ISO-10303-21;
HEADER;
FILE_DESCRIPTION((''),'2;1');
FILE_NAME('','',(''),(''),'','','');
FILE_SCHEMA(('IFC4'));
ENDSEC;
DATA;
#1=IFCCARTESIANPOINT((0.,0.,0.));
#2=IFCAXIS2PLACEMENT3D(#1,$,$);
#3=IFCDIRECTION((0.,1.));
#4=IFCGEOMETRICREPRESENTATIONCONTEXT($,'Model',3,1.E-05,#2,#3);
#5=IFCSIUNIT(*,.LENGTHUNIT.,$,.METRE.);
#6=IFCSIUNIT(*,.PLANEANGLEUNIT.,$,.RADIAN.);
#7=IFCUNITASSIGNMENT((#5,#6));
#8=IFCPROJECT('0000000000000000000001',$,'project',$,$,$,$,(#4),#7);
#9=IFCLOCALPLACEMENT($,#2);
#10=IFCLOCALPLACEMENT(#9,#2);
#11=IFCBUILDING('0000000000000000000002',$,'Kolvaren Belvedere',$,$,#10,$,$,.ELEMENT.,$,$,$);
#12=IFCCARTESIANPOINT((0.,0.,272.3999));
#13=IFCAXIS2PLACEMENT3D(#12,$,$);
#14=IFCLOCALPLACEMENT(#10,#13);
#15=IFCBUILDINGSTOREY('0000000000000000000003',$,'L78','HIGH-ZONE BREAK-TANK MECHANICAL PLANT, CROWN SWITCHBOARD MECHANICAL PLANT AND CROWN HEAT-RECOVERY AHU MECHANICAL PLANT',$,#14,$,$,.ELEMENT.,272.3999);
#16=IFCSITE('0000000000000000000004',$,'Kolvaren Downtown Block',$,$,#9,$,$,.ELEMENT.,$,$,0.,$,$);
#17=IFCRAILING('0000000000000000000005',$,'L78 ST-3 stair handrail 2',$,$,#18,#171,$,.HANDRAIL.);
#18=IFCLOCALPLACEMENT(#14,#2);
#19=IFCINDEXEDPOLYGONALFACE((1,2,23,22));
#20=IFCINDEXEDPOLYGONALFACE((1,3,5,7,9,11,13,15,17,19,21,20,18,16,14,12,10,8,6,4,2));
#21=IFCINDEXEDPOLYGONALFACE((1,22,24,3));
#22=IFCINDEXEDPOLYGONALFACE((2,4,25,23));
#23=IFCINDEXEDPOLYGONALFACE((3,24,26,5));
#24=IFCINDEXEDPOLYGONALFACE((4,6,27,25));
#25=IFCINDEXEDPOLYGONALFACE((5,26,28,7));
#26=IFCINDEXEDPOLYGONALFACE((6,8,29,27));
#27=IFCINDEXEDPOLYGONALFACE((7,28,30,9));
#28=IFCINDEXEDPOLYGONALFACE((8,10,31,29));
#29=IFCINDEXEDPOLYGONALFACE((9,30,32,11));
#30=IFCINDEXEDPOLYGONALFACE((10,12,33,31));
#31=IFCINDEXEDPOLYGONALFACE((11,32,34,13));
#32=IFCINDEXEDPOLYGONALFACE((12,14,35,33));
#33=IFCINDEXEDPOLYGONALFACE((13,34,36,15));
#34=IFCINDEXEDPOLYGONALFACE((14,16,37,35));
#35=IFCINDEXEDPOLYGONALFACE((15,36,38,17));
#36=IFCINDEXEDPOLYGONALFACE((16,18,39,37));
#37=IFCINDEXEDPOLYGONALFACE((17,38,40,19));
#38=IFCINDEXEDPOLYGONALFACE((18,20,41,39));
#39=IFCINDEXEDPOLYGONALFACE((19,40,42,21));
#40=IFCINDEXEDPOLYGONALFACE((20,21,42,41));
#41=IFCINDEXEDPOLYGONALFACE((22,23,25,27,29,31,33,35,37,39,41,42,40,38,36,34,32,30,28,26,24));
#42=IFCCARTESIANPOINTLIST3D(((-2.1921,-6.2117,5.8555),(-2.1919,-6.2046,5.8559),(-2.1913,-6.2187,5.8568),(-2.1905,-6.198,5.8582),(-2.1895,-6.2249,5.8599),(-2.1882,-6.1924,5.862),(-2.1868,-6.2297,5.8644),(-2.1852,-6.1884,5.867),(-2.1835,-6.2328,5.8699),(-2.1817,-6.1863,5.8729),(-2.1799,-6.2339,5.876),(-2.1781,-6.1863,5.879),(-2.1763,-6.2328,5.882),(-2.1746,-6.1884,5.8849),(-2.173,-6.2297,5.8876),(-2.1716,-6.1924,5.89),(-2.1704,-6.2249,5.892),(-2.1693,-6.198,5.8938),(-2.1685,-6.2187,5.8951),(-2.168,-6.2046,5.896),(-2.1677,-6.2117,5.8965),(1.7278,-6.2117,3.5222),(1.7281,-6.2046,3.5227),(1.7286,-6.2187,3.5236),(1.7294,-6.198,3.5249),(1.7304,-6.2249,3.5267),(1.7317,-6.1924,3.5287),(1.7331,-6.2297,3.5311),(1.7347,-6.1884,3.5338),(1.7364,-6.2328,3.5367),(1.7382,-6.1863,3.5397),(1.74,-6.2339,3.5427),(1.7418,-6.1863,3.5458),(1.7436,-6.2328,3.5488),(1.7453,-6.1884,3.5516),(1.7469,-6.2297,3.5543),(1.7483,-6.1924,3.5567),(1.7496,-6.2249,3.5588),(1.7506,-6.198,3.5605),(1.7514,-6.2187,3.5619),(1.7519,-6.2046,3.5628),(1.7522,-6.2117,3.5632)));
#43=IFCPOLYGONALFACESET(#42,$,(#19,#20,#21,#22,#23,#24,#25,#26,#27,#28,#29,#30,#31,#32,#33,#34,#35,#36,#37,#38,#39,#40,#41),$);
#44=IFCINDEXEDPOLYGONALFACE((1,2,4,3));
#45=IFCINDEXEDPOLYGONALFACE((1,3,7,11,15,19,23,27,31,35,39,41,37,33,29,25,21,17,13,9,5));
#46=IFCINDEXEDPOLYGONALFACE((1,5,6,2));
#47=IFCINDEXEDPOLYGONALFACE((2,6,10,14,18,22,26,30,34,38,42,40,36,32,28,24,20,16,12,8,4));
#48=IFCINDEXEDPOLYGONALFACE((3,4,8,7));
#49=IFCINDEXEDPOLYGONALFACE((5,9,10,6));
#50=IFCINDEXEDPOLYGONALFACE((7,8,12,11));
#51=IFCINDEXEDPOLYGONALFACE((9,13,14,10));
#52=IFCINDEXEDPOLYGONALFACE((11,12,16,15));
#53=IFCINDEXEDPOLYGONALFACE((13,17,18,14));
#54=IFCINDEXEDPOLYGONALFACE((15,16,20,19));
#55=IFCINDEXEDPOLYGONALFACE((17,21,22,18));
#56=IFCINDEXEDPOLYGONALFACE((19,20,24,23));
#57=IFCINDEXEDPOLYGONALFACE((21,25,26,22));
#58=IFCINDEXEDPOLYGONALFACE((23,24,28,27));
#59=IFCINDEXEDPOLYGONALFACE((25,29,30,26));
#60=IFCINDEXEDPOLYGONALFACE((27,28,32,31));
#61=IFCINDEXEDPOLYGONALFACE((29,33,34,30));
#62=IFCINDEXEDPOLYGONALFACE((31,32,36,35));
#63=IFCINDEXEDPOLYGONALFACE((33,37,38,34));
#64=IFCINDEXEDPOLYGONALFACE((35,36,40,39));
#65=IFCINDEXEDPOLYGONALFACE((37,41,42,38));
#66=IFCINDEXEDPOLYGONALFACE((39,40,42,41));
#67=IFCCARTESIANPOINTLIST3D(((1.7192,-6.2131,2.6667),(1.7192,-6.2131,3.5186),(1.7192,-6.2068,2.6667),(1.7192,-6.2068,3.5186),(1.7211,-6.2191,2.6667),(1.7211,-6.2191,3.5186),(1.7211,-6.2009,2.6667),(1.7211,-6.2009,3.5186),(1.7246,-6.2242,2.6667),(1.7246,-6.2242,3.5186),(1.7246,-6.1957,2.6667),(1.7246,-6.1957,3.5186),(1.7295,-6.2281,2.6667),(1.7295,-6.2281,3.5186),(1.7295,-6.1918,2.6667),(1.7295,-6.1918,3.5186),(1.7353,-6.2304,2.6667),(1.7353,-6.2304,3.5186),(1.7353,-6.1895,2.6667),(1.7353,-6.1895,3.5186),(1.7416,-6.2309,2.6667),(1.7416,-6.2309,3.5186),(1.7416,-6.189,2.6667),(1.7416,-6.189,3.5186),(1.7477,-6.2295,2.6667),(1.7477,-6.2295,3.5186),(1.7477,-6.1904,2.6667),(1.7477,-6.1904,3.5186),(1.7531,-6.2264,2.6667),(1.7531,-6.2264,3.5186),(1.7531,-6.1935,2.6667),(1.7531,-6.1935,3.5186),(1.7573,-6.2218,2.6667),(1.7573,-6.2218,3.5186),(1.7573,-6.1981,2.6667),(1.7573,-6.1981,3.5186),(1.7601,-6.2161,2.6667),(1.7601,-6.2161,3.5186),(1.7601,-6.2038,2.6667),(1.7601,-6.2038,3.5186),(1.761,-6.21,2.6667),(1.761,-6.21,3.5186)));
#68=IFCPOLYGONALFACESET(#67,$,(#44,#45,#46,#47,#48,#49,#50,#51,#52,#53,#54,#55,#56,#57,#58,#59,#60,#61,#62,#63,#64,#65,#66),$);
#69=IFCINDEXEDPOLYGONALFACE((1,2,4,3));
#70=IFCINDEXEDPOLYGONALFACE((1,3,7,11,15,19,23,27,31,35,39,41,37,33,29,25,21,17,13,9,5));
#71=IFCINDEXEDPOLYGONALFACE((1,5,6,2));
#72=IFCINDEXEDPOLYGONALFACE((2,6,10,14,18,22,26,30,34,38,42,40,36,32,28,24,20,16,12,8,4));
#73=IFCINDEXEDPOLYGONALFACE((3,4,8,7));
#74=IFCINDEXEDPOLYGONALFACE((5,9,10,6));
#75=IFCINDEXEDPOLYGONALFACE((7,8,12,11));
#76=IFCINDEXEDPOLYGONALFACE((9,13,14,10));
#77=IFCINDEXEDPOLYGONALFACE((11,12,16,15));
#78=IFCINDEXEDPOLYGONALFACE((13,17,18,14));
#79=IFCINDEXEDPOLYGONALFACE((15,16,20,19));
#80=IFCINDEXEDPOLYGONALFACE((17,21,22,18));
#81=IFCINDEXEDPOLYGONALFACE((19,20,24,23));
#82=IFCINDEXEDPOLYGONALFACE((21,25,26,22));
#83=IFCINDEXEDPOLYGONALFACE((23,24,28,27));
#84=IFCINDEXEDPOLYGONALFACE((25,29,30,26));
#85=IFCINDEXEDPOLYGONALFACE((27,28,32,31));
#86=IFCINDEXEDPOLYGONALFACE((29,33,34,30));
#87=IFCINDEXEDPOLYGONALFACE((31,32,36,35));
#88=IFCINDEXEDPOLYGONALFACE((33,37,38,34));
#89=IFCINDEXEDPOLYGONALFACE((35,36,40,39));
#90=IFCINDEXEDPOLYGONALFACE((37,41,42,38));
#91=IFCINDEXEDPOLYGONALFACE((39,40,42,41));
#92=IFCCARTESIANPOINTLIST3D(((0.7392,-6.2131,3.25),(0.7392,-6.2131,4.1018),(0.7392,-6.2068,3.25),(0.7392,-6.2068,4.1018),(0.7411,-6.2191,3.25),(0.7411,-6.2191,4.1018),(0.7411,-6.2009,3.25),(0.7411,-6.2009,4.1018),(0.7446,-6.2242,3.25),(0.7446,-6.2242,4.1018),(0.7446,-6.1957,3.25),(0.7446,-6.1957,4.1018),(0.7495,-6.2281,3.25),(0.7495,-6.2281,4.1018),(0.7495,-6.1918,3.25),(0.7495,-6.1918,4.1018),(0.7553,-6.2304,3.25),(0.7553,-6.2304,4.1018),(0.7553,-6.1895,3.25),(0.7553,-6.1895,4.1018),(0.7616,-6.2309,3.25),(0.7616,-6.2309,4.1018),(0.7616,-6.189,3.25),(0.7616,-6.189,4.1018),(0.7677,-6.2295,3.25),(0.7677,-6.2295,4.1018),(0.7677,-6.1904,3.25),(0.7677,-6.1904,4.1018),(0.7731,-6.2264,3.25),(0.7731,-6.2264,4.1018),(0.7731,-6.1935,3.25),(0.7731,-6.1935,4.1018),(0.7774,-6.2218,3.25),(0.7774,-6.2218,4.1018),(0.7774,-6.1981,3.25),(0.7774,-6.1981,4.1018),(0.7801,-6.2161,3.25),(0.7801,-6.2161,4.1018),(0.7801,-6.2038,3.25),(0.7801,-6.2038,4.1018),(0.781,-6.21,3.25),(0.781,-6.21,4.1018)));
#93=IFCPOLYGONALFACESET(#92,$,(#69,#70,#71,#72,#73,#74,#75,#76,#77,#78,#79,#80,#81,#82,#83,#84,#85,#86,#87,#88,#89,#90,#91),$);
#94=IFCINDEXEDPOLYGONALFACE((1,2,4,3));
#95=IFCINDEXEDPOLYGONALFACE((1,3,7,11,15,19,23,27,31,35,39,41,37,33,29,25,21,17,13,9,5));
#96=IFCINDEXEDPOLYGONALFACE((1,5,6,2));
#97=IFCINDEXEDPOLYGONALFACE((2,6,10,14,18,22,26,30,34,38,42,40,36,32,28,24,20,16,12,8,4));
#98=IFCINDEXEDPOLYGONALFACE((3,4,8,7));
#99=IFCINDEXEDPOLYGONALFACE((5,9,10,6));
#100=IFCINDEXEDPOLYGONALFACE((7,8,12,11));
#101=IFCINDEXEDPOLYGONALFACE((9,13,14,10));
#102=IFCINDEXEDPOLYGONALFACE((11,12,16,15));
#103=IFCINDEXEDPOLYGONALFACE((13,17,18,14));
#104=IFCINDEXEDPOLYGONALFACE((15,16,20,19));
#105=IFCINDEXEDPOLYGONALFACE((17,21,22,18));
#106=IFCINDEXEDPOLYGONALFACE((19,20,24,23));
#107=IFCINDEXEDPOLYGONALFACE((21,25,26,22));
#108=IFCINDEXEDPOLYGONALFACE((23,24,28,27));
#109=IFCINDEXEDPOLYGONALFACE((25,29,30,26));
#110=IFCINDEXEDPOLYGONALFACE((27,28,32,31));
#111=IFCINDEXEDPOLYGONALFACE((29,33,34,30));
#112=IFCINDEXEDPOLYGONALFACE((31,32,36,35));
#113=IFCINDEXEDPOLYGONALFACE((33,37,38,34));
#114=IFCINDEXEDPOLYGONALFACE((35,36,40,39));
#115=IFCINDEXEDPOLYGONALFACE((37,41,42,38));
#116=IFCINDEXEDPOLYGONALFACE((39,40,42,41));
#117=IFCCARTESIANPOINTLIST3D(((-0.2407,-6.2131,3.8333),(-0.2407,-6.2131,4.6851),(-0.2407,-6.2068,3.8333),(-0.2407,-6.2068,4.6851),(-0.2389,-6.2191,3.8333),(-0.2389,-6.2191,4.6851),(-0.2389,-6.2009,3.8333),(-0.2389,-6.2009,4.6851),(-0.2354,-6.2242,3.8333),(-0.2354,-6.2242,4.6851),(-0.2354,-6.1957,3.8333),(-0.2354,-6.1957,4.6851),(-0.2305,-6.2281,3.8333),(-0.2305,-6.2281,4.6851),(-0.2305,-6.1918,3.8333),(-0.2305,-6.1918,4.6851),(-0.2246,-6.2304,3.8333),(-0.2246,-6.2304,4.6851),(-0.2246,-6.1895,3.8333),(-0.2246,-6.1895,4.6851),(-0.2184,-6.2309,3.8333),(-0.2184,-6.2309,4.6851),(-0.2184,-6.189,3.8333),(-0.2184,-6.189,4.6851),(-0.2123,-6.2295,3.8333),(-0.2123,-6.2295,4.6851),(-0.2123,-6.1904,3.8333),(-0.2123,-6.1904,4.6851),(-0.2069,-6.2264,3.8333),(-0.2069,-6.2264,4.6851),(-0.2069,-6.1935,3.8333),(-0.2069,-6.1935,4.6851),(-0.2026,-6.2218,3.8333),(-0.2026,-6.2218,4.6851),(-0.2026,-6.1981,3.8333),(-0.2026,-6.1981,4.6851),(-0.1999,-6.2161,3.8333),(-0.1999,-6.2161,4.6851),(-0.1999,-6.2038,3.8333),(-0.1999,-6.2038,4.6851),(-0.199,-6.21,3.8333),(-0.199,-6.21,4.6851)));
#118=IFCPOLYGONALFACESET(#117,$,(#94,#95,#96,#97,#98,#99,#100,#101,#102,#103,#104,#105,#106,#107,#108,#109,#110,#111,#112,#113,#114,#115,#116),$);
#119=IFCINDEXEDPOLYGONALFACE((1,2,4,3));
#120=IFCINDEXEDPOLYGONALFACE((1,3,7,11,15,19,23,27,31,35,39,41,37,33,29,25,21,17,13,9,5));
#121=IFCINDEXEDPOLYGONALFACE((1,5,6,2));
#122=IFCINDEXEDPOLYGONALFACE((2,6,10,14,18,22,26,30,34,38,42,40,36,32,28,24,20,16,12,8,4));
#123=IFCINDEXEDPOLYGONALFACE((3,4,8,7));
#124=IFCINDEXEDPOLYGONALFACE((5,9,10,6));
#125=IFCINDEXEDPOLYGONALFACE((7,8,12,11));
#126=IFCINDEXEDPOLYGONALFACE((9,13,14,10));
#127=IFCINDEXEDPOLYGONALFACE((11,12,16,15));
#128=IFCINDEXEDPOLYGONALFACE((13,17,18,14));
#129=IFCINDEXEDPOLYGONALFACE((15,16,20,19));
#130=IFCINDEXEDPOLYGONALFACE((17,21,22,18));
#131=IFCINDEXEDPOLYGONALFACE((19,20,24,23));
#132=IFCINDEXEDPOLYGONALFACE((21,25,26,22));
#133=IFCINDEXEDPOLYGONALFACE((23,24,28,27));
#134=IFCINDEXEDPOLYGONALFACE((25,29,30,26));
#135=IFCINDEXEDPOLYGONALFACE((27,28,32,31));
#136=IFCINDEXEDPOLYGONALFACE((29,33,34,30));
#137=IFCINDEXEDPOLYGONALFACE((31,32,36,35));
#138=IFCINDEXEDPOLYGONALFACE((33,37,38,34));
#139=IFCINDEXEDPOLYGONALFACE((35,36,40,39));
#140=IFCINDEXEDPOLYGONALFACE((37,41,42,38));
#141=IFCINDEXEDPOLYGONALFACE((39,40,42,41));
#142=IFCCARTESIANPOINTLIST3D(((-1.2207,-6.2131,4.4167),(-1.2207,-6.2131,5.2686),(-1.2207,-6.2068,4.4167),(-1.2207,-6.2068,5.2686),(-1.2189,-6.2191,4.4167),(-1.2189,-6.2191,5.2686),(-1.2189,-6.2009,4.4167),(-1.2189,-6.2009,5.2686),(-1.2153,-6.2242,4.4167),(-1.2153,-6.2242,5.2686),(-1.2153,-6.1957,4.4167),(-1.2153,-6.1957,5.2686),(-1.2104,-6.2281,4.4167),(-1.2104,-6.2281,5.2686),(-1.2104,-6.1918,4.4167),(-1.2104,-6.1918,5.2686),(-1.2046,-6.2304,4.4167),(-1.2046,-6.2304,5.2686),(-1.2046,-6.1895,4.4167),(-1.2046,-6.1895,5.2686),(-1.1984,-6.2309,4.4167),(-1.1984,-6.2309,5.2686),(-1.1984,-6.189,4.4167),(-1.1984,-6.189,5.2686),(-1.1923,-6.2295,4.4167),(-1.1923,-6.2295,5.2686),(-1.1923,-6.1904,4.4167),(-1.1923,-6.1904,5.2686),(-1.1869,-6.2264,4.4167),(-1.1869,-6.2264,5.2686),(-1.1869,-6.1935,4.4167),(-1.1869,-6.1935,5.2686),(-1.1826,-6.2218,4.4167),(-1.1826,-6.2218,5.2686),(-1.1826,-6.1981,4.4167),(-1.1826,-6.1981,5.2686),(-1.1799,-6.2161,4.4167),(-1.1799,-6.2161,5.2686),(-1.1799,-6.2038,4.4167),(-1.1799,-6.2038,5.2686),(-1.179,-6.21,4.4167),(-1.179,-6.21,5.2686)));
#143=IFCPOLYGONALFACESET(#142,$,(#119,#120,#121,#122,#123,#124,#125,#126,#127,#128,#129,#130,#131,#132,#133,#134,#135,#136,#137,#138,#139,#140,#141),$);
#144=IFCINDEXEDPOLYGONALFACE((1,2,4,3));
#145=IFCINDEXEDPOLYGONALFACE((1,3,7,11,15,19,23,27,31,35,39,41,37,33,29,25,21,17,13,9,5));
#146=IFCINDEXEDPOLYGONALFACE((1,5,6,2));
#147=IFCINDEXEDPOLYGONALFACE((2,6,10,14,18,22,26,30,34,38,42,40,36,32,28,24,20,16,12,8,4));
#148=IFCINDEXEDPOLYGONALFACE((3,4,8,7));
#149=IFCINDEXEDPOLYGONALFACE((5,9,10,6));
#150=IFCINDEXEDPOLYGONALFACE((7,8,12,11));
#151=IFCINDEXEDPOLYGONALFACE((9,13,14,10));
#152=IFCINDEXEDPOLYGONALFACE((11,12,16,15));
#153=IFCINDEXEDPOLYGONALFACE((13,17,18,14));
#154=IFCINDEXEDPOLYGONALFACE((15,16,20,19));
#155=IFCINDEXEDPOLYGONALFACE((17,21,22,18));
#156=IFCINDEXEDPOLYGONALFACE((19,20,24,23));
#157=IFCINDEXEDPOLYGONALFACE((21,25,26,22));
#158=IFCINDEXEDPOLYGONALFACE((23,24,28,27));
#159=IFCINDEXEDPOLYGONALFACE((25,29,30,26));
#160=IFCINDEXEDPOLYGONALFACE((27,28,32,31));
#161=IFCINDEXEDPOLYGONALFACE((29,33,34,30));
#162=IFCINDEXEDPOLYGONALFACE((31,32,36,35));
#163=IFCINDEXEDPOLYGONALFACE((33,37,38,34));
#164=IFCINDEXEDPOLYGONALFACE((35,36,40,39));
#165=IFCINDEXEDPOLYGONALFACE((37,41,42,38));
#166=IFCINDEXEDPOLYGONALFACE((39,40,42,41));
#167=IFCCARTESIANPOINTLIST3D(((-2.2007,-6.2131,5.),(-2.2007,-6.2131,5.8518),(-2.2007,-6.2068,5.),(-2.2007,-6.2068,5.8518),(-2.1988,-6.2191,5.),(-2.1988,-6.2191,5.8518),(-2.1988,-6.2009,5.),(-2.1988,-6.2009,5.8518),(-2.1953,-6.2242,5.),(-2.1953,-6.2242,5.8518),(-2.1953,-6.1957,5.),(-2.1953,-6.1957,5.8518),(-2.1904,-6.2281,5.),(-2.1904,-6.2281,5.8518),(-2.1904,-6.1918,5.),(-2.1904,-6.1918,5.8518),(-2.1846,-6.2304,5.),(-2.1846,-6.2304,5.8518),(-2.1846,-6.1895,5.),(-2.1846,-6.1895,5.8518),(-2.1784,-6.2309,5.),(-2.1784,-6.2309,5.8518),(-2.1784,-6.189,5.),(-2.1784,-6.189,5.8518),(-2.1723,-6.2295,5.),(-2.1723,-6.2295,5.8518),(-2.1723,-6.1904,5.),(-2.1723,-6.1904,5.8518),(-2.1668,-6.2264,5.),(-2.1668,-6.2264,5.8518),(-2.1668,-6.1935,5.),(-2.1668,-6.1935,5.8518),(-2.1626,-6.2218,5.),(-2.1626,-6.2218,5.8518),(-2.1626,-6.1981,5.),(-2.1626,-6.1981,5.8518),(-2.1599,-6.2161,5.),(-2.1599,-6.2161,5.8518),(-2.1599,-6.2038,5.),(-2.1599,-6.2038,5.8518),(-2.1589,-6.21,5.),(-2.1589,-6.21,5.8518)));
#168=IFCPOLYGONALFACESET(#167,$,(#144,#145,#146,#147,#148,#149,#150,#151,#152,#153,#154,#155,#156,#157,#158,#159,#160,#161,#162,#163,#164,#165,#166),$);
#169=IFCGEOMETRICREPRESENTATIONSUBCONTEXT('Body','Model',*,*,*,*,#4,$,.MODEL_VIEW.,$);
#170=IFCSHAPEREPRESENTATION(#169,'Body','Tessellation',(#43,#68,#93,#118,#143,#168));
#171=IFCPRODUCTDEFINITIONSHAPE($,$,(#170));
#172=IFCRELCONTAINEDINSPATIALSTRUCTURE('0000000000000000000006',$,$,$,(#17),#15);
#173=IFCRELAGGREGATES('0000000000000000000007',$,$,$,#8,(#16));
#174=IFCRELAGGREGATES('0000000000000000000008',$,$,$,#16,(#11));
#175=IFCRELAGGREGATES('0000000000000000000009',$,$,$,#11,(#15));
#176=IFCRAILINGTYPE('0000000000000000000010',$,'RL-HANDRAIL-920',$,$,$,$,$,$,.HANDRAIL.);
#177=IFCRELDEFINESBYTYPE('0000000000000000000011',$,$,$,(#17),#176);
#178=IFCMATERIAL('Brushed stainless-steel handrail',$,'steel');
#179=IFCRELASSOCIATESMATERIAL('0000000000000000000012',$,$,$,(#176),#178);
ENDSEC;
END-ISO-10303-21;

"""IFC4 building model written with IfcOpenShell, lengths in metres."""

from ifc_helpers import new_model, si_unit, direction, frame, origin, origin_2d, place, context, subcontext, project, spatial, circle, extrude, material, type_object, element, save


model = new_model("IFC4")

# Units and contexts
model_context = context("Model", 3, precision=1e-05, world=origin(), true_north=direction((0.0, 1.0)))
body_context = subcontext(model_context, "Body", "Model", "MODEL_VIEW")
ifc_project = project(units=[si_unit("LENGTHUNIT", "METRE"), si_unit("PLANEANGLEUNIT", "RADIAN")], contexts=[model_context])

# Site, building, storey
site_placement = place(None, origin())
site = spatial("IfcSite", under=ifc_project, at=site_placement, Name="Kolvaren Downtown Block", CompositionType="ELEMENT", RefElevation=0.0)
building_placement = place(site_placement, origin())
building = spatial("IfcBuilding", under=site, at=building_placement, Name="Kolvaren Belvedere", CompositionType="ELEMENT")
storey_placement = place(building_placement, frame((0.0, 0.0, 272.3999)))
storey = spatial("IfcBuildingStorey", under=building, at=storey_placement, Name="L78", Description="HIGH-ZONE BREAK-TANK MECHANICAL PLANT, CROWN SWITCHBOARD MECHANICAL PLANT AND CROWN HEAT-RECOVERY AHU MECHANICAL PLANT", CompositionType="ELEMENT", Elevation=272.3999)

# Railing
ifc_material_1 = material(Name="Brushed stainless-steel handrail", Category="steel")
railing_type_1 = type_object("IfcRailingType", Name="RL-HANDRAIL-920", PredefinedType="HANDRAIL", material=ifc_material_1)
railing_1_placement = place(storey_placement, frame((1.74, -6.21, 2.6667)))
element("IfcRailing", 1, at=railing_1_placement, inside=storey, type_object=railing_type_1, Name="L78 ST-3 stair handrail 2", PredefinedType="HANDRAIL", context=body_context, shape_type="SweptSolid", body=[
    extrude(circle(Radius=0.0239, at=origin_2d()), frame((0.0, 0.0, 0.876), z_axis=(-0.859296, 0.0, 0.511478), x_axis=(0.0, -1.0, 0.0)), (0.0, 0.0, 1.0), 4.5618),
    extrude(circle(Radius=0.021, at=origin_2d()), origin(), (0.0, 0.0, 1.0), 0.8518),
    extrude(circle(Radius=0.021, at=origin_2d()), frame((-0.98, 0.0, 0.5833)), (0.0, 0.0, 1.0), 0.8518),
    extrude(circle(Radius=0.021, at=origin_2d()), frame((-1.96, 0.0, 1.1665)), (0.0, 0.0, 1.0), 0.8518),
    extrude(circle(Radius=0.021, at=origin_2d()), frame((-2.9399, 0.0, 1.75)), (0.0, 0.0, 1.0), 0.8518),
    extrude(circle(Radius=0.021, at=origin_2d()), frame((-3.9199, 0.0, 2.3333)), (0.0, 0.0, 1.0), 0.8518),
])

save(model, "model.ifc")
